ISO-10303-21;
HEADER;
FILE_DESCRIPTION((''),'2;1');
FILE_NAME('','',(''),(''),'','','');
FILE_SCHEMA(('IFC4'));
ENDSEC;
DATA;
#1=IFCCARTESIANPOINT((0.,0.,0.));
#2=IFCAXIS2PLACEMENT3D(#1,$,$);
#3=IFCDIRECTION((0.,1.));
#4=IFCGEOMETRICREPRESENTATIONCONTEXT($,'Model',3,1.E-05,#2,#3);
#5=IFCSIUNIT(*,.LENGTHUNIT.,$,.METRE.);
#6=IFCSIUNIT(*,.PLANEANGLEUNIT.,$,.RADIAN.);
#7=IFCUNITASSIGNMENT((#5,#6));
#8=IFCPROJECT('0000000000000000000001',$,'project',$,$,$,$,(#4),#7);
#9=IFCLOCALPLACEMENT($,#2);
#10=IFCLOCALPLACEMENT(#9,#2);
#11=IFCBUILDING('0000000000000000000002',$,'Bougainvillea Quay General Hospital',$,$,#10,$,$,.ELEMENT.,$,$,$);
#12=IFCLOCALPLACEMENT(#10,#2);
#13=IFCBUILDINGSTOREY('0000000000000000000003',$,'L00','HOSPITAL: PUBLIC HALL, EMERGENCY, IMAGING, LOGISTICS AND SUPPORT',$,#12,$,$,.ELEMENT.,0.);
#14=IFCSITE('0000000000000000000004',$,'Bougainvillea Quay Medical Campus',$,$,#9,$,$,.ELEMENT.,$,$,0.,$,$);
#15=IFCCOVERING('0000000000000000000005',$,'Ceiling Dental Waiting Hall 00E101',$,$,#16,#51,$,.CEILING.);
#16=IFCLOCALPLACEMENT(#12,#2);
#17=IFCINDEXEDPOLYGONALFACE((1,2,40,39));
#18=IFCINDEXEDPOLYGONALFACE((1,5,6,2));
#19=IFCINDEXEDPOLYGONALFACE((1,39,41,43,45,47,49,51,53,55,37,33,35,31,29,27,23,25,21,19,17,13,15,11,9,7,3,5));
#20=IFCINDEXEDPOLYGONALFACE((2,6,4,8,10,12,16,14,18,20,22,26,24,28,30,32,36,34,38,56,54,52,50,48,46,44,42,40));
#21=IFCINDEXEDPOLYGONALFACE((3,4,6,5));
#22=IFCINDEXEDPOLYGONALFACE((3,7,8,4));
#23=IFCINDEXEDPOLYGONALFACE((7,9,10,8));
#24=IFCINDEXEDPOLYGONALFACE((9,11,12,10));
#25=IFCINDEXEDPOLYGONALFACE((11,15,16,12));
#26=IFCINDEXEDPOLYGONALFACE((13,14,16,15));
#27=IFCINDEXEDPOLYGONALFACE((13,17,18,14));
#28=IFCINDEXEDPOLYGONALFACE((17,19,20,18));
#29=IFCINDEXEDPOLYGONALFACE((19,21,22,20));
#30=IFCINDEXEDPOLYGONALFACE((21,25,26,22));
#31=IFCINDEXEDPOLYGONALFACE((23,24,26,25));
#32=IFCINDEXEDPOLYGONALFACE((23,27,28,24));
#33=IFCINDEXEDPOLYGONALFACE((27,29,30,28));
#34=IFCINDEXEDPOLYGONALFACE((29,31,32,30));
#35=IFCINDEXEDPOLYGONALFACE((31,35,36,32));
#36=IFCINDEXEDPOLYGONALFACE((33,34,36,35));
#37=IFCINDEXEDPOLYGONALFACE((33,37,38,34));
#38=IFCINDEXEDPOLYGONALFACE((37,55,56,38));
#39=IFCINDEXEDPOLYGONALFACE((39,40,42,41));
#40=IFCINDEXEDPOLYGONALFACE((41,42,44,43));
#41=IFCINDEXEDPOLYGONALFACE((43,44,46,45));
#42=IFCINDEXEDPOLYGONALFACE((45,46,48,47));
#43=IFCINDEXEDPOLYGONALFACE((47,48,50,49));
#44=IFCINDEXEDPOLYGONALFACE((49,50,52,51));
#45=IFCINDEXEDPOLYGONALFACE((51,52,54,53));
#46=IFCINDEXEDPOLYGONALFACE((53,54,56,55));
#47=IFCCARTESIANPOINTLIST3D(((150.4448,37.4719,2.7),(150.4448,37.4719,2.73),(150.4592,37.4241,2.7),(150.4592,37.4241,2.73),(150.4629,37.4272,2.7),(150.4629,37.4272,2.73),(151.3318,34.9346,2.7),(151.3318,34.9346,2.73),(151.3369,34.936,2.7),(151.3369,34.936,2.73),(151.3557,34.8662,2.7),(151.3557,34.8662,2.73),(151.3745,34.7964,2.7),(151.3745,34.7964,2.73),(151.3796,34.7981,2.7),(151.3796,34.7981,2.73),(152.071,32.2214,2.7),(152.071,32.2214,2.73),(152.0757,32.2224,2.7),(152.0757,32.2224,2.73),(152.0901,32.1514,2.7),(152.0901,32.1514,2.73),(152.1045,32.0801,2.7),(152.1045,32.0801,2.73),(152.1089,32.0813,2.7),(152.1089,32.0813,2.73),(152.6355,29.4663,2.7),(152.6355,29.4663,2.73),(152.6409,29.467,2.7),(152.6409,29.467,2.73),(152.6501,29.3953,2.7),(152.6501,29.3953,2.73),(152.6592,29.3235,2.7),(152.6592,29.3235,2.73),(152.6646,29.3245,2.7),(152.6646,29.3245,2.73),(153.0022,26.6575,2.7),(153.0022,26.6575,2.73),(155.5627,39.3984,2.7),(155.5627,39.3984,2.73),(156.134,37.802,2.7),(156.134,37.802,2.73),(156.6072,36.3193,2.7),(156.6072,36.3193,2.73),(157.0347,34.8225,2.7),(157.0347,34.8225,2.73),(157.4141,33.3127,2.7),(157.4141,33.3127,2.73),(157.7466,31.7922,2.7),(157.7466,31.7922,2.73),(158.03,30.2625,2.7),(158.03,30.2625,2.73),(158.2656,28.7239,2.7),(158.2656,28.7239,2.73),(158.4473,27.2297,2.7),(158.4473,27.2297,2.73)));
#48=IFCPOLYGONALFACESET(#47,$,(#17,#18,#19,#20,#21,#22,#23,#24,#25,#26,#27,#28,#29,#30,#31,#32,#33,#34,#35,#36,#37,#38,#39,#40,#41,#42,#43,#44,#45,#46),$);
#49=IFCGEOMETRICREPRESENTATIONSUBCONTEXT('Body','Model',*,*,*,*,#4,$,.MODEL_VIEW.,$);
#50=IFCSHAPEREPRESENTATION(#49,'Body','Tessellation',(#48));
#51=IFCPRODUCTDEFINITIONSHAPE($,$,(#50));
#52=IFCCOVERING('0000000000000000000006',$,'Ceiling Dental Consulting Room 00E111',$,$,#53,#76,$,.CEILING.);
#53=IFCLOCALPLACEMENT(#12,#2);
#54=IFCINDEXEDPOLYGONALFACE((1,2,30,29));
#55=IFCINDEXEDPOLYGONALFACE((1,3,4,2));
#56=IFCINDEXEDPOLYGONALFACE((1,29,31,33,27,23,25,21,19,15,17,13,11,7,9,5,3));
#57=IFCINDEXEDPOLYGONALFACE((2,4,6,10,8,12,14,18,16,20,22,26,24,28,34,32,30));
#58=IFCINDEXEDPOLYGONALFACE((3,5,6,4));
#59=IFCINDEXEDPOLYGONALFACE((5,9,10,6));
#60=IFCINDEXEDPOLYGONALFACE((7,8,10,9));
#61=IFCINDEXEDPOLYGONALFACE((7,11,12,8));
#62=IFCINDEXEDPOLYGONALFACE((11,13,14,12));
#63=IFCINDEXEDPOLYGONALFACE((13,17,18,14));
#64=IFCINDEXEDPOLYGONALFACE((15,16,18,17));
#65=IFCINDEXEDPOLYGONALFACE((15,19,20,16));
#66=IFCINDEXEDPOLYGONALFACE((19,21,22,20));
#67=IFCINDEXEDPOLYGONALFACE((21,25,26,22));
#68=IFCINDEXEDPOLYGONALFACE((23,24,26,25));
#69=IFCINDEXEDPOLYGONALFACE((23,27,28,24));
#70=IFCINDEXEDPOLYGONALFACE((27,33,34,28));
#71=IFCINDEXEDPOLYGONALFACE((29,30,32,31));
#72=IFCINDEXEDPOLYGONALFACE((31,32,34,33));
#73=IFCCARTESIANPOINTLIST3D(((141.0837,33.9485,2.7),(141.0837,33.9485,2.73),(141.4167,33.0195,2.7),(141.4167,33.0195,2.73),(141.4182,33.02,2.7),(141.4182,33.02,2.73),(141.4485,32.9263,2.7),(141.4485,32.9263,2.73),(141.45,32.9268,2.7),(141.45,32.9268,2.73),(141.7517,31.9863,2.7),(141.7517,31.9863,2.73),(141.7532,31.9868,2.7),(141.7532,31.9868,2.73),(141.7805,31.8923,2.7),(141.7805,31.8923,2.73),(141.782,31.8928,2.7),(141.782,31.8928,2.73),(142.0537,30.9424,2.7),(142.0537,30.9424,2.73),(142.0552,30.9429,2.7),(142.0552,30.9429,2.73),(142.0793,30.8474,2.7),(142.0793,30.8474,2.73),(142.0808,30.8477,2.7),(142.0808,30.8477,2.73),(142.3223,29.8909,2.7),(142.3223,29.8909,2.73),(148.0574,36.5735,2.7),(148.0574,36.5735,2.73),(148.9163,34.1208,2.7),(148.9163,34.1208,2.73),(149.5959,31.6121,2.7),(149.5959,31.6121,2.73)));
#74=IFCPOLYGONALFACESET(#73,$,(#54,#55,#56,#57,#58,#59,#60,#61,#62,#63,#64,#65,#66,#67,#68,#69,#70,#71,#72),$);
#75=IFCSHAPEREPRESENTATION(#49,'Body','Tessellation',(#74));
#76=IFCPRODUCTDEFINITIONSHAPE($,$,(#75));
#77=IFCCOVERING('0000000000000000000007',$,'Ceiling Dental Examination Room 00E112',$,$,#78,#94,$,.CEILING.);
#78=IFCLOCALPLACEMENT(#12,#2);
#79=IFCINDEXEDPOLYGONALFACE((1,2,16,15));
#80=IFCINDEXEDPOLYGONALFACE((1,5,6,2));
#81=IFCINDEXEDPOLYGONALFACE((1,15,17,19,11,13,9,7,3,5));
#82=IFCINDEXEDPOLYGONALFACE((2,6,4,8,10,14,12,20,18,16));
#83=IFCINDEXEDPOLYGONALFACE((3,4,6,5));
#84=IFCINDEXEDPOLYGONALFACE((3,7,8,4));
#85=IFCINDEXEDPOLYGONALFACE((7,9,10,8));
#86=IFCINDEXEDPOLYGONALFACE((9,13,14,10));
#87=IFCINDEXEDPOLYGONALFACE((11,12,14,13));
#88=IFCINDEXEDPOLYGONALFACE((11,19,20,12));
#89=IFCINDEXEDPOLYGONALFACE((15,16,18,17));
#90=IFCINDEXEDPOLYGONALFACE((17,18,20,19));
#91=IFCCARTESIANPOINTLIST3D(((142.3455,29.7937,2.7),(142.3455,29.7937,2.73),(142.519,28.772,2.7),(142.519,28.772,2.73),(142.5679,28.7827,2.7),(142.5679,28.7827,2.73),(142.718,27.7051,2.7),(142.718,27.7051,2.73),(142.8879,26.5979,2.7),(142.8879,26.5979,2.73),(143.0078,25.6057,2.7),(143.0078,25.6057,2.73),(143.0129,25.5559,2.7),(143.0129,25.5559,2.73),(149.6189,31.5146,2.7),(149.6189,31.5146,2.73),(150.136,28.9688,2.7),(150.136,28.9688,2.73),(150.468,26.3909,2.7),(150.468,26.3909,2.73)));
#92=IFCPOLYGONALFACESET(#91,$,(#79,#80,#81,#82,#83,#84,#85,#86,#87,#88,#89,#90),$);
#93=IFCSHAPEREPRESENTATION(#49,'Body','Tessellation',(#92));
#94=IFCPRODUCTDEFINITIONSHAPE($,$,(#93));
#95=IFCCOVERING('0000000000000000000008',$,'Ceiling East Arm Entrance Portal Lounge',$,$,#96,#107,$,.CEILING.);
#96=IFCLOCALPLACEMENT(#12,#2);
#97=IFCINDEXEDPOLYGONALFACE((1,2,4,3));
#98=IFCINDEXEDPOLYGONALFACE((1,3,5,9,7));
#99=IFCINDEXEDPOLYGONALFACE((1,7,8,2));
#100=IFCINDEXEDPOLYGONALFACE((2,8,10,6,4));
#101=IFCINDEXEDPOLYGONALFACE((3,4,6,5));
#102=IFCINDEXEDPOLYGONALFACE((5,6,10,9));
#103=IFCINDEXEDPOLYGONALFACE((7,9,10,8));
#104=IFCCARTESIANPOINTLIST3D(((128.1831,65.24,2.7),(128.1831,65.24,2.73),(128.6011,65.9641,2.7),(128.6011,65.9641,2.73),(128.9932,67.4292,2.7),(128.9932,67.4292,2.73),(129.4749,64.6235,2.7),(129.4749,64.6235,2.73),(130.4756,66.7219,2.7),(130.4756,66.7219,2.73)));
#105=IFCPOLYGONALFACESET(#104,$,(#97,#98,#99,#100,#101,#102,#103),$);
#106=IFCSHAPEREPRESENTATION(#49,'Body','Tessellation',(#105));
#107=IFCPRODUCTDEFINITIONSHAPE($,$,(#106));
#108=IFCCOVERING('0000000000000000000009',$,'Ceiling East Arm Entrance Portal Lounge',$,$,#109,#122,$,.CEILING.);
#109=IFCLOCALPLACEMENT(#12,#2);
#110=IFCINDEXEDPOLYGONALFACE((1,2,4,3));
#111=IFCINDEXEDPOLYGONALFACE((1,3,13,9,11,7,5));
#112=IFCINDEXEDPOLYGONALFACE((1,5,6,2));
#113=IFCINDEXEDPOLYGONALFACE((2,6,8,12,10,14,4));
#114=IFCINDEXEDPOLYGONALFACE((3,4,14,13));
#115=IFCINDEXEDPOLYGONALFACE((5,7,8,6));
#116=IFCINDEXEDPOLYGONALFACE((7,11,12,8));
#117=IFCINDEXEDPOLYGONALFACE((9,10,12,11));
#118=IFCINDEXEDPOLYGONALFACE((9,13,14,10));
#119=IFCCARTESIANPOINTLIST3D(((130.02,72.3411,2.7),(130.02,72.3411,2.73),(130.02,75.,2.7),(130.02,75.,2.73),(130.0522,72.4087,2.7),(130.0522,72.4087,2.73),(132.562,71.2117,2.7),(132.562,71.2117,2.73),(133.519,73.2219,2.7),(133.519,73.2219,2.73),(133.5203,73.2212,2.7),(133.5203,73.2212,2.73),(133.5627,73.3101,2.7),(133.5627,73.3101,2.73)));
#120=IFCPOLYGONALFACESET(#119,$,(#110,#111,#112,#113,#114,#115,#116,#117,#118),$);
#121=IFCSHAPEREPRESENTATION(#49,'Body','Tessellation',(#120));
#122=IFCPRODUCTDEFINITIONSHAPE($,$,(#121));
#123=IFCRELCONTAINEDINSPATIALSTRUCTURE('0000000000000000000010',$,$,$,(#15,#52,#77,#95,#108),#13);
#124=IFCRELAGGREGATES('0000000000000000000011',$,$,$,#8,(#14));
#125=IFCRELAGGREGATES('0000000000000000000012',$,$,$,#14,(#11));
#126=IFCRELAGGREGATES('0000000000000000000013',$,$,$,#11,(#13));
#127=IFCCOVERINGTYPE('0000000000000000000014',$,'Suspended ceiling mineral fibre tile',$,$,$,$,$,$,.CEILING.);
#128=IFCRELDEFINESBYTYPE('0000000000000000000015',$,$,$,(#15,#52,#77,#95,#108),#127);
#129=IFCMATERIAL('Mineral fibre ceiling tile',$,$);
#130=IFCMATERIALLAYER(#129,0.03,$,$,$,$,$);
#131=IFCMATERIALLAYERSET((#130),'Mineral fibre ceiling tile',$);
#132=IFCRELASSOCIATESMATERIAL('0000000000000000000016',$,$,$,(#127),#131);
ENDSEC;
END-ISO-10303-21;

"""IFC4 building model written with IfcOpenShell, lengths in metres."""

from ifc_helpers import new_model, si_unit, direction, frame, origin, place, context, subcontext, project, spatial, polyline, outline, extrude, material, layer, layer_set, type_object, element, save


model = new_model("IFC4")

# Units and contexts
model_context = context("Model", 3, precision=1e-05, world=origin(), true_north=direction((0.0, 1.0)))
body_context = subcontext(model_context, "Body", "Model", "MODEL_VIEW")
ifc_project = project(units=[si_unit("LENGTHUNIT", "METRE"), si_unit("PLANEANGLEUNIT", "RADIAN")], contexts=[model_context])

# Site, building, storey
site_placement = place(None, origin())
site = spatial("IfcSite", under=ifc_project, at=site_placement, Name="Bougainvillea Quay Medical Campus", CompositionType="ELEMENT", RefElevation=0.0)
building_placement = place(site_placement, origin())
building = spatial("IfcBuilding", under=site, at=building_placement, Name="Bougainvillea Quay General Hospital", CompositionType="ELEMENT")
storey_placement = place(building_placement, origin())
storey = spatial("IfcBuildingStorey", under=building, at=storey_placement, Name="L00", Description="HOSPITAL: PUBLIC HALL, EMERGENCY, IMAGING, LOGISTICS AND SUPPORT", CompositionType="ELEMENT", Elevation=0.0)

# Coverings
ifc_material_1 = material(Name="Mineral fibre ceiling tile")
ifc_layer_1 = layer(ifc_material_1, 0.03)
ifc_layer_set_1 = layer_set([ifc_layer_1], Name="Mineral fibre ceiling tile")
covering_type = type_object("IfcCoveringType", Name="Suspended ceiling mineral fibre tile", PredefinedType="CEILING", material=ifc_layer_set_1)
covering_1_placement = place(storey_placement, frame((0.0, 0.0, 2.7)))
element("IfcCovering", 1, at=covering_1_placement, inside=storey, type_object=covering_type, Name="Ceiling Dental Waiting Hall 00E101", PredefinedType="CEILING", context=body_context, shape_type="SweptSolid", body=[
    extrude(outline(polyline([(157.4141, 33.3127), (157.0347, 34.8225), (156.6072, 36.3193), (156.134, 37.802), (155.5627, 39.3984), (150.4448, 37.4719), (150.4629, 37.4272), (150.4592, 37.4241), (151.3318, 34.9346), (151.3369, 34.936), (151.3557, 34.8662), (151.3796, 34.7981), (151.3745, 34.7964), (152.071, 32.2214), (152.0757, 32.2224), (152.0901, 32.1514), (152.1089, 32.0813), (152.1045, 32.0801), (152.6355, 29.4663), (152.6409, 29.467), (152.6501, 29.3953), (152.6646, 29.3245), (152.6592, 29.3235), (153.0022, 26.6575), (158.4473, 27.2297), (158.2656, 28.7239), (158.03, 30.2625), (157.7466, 31.7922), (157.4141, 33.3127)])), origin(), (0.0, 0.0, 1.0), 0.03),
])
covering_2_placement = place(storey_placement, frame((0.0, 0.0, 2.7)))
element("IfcCovering", 2, at=covering_2_placement, inside=storey, type_object=covering_type, Name="Ceiling Dental Consulting Room 00E111", PredefinedType="CEILING", context=body_context, shape_type="SweptSolid", body=[
    extrude(outline(polyline([(141.4167, 33.0195), (141.4182, 33.02), (141.45, 32.9268), (141.4485, 32.9263), (141.7517, 31.9863), (141.7532, 31.9868), (141.782, 31.8928), (141.7805, 31.8923), (142.0537, 30.9424), (142.0552, 30.9429), (142.0808, 30.8477), (142.0793, 30.8474), (142.3223, 29.8909), (149.5959, 31.6121), (148.9163, 34.1208), (148.0574, 36.5735), (141.0837, 33.9485), (141.4167, 33.0195)])), origin(), (0.0, 0.0, 1.0), 0.03),
])
covering_3_placement = place(storey_placement, frame((0.0, 0.0, 2.7)))
element("IfcCovering", 3, at=covering_3_placement, inside=storey, type_object=covering_type, Name="Ceiling Dental Examination Room 00E112", PredefinedType="CEILING", context=body_context, shape_type="SweptSolid", body=[
    extrude(outline(polyline([(143.0129, 25.5559), (143.0078, 25.6057), (150.468, 26.3909), (150.136, 28.9688), (149.6189, 31.5146), (142.3455, 29.7937), (142.5679, 28.7827), (142.519, 28.772), (142.718, 27.7051), (142.8879, 26.5979), (143.0129, 25.5559)])), origin(), (0.0, 0.0, 1.0), 0.03),
])
covering_4_placement = place(storey_placement, frame((0.0, 0.0, 2.7)))
element("IfcCovering", 4, at=covering_4_placement, inside=storey, type_object=covering_type, Name="Ceiling East Arm Entrance Portal Lounge", PredefinedType="CEILING", context=body_context, shape_type="SweptSolid", body=[
    extrude(outline(polyline([(129.4749, 64.6235), (130.4756, 66.7219), (128.9932, 67.4292), (128.6011, 65.9641), (128.1831, 65.24), (129.4749, 64.6235)])), origin(), (0.0, 0.0, 1.0), 0.03),
])
covering_5_placement = place(storey_placement, frame((0.0, 0.0, 2.7)))
element("IfcCovering", 5, at=covering_5_placement, inside=storey, type_object=covering_type, Name="Ceiling East Arm Entrance Portal Lounge", PredefinedType="CEILING", context=body_context, shape_type="SweptSolid", body=[
    extrude(outline(polyline([(130.02, 72.3411), (130.0522, 72.4087), (132.562, 71.2117), (133.5203, 73.2212), (133.519, 73.2219), (133.5627, 73.3101), (130.02, 75.0), (130.02, 72.3411)])), origin(), (0.0, 0.0, 1.0), 0.03),
])

save(model, "model.ifc")
